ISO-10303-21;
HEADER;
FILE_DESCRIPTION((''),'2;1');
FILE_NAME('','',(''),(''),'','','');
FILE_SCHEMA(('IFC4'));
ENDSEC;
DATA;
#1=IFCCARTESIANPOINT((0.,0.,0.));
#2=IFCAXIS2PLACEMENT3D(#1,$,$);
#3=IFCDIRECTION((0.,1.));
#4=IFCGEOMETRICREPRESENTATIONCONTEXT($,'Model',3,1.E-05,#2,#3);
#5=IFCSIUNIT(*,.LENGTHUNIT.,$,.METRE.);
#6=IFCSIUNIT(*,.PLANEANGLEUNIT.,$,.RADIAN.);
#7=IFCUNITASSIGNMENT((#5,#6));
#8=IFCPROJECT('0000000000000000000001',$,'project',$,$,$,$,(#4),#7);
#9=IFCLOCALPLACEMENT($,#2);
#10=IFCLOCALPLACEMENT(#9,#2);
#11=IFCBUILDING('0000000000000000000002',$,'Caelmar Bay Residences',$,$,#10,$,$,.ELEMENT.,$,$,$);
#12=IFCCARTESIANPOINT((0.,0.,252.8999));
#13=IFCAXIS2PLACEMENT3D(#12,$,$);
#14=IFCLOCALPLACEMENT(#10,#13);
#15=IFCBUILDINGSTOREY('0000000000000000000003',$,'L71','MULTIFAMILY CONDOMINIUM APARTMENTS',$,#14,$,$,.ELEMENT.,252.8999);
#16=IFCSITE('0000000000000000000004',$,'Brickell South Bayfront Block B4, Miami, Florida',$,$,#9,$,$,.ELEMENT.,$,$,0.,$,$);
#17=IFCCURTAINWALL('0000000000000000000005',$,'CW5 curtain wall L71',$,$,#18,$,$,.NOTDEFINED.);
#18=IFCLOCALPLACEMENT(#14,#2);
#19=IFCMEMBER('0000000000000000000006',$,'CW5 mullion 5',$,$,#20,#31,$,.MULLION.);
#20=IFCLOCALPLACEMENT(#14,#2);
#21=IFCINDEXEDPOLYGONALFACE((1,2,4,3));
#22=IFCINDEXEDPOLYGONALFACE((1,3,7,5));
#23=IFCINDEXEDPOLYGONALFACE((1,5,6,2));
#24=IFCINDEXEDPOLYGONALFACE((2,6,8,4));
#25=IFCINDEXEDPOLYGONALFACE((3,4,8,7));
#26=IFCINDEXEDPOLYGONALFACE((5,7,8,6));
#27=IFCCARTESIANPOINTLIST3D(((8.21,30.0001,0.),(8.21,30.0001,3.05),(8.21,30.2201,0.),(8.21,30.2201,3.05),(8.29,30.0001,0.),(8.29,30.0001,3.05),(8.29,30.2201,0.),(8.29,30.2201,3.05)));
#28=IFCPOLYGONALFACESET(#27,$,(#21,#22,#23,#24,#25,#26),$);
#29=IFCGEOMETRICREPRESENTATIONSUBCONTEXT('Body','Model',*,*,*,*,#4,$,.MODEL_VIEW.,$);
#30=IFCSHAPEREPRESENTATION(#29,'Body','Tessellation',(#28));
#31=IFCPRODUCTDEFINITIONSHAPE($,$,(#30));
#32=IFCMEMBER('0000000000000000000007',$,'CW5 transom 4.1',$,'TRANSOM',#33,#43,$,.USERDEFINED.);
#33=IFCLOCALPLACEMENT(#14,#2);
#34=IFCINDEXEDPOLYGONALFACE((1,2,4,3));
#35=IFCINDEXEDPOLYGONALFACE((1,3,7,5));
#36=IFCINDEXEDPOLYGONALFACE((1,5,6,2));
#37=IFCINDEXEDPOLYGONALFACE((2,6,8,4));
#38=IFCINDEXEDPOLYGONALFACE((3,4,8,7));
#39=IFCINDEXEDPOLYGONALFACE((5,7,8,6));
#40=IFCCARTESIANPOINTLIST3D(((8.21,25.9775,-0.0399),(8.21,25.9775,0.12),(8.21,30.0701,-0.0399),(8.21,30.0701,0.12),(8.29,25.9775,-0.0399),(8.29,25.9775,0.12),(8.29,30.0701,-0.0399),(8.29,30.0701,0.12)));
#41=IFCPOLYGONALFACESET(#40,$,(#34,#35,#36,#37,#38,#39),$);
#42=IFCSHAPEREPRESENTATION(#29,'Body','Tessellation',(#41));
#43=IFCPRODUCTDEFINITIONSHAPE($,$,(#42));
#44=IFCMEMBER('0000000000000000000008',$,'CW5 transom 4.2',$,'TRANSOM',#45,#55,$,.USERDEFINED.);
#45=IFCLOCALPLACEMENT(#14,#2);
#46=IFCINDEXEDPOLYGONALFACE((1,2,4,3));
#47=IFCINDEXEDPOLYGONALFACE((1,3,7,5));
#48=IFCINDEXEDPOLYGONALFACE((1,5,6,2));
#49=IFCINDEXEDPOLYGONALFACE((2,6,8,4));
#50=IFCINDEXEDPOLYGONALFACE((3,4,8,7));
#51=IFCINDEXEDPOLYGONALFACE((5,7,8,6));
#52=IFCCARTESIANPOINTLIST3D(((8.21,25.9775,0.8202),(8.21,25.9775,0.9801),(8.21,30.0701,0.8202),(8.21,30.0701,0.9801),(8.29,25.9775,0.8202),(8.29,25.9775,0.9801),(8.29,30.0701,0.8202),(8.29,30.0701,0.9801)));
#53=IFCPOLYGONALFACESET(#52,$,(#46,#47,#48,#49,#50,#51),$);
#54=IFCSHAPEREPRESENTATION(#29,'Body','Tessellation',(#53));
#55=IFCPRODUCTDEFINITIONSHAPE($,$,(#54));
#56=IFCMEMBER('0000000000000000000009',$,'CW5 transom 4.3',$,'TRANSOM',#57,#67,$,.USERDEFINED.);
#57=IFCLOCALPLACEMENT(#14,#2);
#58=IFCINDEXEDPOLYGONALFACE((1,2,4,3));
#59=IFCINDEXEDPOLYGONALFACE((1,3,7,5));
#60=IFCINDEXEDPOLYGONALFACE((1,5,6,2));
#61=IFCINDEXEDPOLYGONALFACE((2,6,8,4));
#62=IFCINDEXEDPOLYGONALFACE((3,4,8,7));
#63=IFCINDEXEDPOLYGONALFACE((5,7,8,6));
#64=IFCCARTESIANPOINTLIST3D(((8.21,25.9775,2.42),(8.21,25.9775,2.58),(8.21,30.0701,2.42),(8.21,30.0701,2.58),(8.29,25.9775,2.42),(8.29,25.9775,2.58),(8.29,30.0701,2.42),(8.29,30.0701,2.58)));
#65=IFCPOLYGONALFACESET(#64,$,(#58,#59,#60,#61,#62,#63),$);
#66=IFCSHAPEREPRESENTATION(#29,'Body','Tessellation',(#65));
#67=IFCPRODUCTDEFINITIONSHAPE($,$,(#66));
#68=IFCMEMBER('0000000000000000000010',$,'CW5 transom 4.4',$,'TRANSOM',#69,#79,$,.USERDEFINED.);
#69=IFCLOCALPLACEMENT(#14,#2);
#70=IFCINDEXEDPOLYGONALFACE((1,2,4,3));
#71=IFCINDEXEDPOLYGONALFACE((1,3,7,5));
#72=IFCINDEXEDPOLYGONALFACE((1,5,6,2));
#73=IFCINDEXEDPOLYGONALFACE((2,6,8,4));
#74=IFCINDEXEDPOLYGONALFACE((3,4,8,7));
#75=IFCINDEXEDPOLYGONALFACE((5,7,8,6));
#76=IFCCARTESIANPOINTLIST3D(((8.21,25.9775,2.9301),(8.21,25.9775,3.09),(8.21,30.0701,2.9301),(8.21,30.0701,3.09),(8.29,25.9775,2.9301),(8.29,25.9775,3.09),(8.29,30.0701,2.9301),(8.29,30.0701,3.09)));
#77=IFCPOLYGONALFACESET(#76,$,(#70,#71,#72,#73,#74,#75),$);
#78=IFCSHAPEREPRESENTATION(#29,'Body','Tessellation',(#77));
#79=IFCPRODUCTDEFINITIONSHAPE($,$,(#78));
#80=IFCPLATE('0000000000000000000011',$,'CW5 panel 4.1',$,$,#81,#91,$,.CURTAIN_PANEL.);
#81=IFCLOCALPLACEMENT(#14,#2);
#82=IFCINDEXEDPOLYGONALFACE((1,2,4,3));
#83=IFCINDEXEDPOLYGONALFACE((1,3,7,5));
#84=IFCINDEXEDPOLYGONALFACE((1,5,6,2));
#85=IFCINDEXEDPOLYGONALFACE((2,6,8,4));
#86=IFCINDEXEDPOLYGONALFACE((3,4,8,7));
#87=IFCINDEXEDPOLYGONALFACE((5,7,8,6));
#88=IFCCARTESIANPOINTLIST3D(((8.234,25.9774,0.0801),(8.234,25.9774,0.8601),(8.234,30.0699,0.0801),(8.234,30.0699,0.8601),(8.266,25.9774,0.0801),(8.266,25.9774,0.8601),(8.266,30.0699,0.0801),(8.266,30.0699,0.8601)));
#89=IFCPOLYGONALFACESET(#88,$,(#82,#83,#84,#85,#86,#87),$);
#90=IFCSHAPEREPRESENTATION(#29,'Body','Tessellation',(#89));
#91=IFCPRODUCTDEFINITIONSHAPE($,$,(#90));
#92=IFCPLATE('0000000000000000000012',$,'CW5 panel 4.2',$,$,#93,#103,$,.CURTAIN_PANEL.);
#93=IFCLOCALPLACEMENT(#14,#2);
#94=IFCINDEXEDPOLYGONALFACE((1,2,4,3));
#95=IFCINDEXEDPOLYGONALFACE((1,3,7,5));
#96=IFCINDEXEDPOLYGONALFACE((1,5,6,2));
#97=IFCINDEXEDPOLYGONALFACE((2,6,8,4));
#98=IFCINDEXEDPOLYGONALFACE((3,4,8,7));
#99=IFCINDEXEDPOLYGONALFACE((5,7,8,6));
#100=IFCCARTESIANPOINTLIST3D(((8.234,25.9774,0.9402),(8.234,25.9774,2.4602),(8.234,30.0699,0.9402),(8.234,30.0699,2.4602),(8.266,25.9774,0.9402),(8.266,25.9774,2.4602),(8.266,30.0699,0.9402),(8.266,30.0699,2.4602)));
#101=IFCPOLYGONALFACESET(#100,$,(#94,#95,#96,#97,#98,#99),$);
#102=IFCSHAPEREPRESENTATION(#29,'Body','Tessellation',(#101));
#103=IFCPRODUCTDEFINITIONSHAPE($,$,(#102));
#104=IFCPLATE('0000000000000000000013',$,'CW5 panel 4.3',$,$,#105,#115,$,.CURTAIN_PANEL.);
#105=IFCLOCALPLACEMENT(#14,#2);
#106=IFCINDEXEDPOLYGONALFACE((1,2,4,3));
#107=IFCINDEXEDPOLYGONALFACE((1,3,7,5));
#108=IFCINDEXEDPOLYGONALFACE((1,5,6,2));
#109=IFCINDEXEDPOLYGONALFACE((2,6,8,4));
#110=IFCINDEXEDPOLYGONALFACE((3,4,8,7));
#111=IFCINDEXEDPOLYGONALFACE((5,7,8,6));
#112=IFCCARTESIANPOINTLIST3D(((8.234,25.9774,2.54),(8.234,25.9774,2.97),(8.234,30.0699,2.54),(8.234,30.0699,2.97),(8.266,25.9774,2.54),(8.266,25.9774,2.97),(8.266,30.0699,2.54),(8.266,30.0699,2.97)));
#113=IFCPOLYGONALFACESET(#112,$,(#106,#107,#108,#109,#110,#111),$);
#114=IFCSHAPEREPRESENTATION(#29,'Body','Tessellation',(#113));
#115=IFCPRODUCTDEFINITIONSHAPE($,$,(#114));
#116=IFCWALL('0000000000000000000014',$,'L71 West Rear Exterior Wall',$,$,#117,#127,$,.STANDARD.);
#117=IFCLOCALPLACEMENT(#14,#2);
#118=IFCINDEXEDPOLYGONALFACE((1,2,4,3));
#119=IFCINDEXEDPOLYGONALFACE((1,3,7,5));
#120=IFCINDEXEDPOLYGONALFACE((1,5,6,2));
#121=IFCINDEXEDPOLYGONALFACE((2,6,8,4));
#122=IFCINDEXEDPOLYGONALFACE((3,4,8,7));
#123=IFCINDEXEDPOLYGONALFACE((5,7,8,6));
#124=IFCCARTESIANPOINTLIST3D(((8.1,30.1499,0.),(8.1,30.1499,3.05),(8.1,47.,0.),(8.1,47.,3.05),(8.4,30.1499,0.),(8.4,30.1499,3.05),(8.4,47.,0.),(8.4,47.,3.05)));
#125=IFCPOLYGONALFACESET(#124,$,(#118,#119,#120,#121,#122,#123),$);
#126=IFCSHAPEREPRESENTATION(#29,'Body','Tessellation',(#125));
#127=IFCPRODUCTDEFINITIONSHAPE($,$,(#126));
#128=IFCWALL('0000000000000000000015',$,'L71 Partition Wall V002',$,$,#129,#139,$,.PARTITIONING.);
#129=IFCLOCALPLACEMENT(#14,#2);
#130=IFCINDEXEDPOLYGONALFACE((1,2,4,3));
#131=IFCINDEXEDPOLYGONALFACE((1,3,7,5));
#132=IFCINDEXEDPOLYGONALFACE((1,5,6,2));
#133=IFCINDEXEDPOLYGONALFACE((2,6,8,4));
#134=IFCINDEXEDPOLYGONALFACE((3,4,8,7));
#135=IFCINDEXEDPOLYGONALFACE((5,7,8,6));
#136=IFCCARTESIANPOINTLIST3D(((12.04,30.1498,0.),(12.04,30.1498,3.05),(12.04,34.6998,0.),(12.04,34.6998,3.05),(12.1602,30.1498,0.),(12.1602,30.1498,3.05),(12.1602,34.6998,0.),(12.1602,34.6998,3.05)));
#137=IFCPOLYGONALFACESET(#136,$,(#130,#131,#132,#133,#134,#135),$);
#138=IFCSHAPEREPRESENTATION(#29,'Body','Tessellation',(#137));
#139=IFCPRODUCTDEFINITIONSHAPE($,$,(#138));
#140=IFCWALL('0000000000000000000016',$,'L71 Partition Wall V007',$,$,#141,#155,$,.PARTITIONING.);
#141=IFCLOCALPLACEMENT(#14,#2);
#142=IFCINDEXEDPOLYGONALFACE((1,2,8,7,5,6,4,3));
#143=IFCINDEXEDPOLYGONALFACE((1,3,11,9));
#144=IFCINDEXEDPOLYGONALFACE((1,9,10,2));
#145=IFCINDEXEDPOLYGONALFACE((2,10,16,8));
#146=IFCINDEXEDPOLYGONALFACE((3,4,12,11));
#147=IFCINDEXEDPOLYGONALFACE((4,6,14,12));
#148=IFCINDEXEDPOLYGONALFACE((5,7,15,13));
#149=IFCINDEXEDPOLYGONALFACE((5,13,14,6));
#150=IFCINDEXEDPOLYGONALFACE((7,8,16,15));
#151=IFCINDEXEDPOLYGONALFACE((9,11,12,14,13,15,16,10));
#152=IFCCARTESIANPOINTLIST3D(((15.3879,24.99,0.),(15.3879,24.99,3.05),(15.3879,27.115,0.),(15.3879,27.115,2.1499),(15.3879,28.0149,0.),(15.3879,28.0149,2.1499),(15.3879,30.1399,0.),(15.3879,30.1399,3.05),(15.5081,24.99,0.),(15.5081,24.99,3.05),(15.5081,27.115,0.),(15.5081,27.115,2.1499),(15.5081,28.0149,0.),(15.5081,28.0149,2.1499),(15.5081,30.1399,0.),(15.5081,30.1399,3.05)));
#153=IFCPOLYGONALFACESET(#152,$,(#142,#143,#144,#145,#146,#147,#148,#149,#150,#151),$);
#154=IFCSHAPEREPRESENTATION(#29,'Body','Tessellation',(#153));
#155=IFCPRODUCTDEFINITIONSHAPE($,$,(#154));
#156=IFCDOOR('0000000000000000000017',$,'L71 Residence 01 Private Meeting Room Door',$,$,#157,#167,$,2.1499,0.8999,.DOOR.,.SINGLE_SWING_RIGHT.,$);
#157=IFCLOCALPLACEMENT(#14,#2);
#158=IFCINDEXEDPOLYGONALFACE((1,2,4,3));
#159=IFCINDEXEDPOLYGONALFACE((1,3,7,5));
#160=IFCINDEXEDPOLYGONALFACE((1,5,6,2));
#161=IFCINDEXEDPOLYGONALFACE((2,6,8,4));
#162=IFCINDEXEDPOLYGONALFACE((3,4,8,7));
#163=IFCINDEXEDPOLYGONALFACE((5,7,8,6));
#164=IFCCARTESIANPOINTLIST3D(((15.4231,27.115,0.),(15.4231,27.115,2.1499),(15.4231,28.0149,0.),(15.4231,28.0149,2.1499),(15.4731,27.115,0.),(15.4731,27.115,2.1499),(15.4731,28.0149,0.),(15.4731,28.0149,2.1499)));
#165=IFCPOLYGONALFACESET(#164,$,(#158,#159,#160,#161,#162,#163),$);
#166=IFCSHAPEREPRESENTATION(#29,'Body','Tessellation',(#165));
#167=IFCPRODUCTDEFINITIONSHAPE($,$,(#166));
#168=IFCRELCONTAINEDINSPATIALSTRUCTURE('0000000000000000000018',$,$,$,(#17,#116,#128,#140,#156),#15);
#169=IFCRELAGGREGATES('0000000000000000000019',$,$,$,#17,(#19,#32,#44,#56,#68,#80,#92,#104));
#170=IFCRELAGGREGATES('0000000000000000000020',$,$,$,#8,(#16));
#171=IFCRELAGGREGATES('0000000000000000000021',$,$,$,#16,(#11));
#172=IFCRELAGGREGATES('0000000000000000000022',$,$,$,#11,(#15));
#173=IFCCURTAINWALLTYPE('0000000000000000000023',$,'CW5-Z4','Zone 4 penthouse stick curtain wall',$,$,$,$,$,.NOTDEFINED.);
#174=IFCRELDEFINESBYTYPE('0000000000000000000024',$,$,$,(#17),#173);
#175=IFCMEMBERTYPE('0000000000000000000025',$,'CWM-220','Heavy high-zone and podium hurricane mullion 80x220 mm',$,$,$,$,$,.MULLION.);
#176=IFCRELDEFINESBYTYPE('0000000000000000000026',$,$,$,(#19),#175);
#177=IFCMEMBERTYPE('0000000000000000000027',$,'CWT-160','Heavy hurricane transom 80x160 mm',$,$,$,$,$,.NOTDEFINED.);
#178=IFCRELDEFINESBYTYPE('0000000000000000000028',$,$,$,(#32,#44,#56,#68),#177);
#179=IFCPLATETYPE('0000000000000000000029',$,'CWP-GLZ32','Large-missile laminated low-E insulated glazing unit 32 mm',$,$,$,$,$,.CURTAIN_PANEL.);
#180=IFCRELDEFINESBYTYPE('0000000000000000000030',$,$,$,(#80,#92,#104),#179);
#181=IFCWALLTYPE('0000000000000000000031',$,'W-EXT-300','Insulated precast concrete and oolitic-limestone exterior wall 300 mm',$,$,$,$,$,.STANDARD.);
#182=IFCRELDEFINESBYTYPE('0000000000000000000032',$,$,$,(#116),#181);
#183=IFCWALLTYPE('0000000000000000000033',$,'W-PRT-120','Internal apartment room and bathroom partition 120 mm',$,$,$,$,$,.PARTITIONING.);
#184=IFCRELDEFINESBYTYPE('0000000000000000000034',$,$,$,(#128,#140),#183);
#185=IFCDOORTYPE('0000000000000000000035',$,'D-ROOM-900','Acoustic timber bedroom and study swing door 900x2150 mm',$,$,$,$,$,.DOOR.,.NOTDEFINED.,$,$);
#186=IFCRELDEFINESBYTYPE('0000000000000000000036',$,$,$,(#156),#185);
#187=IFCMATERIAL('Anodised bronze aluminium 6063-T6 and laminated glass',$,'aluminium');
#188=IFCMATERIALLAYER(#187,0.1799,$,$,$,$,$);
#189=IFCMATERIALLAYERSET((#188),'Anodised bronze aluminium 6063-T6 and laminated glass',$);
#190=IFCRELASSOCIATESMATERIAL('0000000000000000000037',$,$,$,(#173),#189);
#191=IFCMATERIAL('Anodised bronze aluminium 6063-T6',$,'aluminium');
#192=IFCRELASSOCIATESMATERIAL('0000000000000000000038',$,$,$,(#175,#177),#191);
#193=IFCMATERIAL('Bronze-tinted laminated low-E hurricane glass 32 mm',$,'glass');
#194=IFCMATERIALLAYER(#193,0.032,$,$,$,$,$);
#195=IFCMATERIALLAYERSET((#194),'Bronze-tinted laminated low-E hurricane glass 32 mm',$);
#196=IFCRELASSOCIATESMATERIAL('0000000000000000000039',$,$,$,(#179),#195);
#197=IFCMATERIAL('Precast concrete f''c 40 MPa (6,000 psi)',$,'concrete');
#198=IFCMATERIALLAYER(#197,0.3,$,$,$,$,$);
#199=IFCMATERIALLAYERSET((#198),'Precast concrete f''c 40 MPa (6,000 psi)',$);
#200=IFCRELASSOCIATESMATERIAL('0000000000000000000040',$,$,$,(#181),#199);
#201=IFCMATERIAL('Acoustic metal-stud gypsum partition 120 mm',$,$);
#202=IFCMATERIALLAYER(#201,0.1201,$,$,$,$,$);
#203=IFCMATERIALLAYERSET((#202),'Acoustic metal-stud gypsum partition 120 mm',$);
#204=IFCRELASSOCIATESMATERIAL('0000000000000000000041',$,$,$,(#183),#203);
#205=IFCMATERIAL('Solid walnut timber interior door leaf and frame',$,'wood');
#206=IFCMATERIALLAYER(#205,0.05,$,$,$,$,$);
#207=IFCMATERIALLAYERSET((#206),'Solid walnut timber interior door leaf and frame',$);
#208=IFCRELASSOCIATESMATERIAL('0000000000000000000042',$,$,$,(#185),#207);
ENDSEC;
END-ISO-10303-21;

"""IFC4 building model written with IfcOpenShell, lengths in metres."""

from ifc_helpers import new_model, si_unit, direction, frame, frame_2d, origin, origin_2d, place, context, subcontext, project, spatial, rectangle, extrude, material, layer, layer_set, material_profile, profile_set, type_object, element, fill, aggregate, save


model = new_model("IFC4")

# Units and contexts
model_context = context("Model", 3, precision=1e-05, world=origin(), true_north=direction((0.0, 1.0)))
body_context = subcontext(model_context, "Body", "Model", "MODEL_VIEW")
ifc_project = project(units=[si_unit("LENGTHUNIT", "METRE"), si_unit("PLANEANGLEUNIT", "RADIAN")], contexts=[model_context])

# Site, building, storey
site_placement = place(None, origin())
site = spatial("IfcSite", under=ifc_project, at=site_placement, Name="Brickell South Bayfront Block B4, Miami, Florida", CompositionType="ELEMENT", RefElevation=0.0)
building_placement = place(site_placement, origin())
building = spatial("IfcBuilding", under=site, at=building_placement, Name="Caelmar Bay Residences", CompositionType="ELEMENT")
storey_placement = place(building_placement, frame((0.0, 0.0, 252.8999)))
storey = spatial("IfcBuildingStorey", under=building, at=storey_placement, Name="L71", Description="MULTIFAMILY CONDOMINIUM APARTMENTS", CompositionType="ELEMENT", Elevation=252.8999)

# Curtain wall, members, plates
ifc_material_1 = material(Name="Anodised bronze aluminium 6063-T6 and laminated glass", Category="aluminium")
ifc_layer_1 = layer(ifc_material_1, 0.1799)
ifc_layer_set_1 = layer_set([ifc_layer_1], Name="Anodised bronze aluminium 6063-T6 and laminated glass")
curtain_wall_type = type_object("IfcCurtainWallType", Name="CW5-Z4", Description="Zone 4 penthouse stick curtain wall", PredefinedType="NOTDEFINED", material=ifc_layer_set_1)
curtain_wall_placement = place(storey_placement, origin())
curtain_wall = element("IfcCurtainWall", 1, at=curtain_wall_placement, inside=storey, type_object=curtain_wall_type, Name="CW5 curtain wall L71", PredefinedType="NOTDEFINED")
ifc_material_2 = material(Name="Anodised bronze aluminium 6063-T6", Category="aluminium")
ifc_material_profile_1 = material_profile(ifc_material_2, rectangle(XDim=0.0801, YDim=0.22, at=origin_2d()), Name="CWM-80X220")
ifc_profile_set_1 = profile_set([ifc_material_profile_1], Name="Anodised bronze aluminium 6063-T6")
member_type_1 = type_object("IfcMemberType", Name="CWM-220", Description="Heavy high-zone and podium hurricane mullion 80x220 mm", PredefinedType="MULLION", material=ifc_profile_set_1)
member_1_placement = place(storey_placement, frame((8.25, 30.1101, 0.0), z_axis=(0.0, 0.0, 1.0), x_axis=(-1.0, 0.0, 0.0)))
member_1 = element("IfcMember", 2, at=member_1_placement, type_object=member_type_1, Name="CW5 mullion 5", PredefinedType="MULLION", context=body_context, shape_type="SweptSolid", body=[
    extrude(rectangle(XDim=0.0801, YDim=0.22, at=origin_2d()), origin(), (0.0, 0.0, 1.0), 3.05),
])
ifc_material_profile_2 = material_profile(ifc_material_2, rectangle(XDim=0.0801, YDim=0.1599, at=origin_2d()), Name="CWT-80X160")
ifc_profile_set_2 = profile_set([ifc_material_profile_2], Name="Anodised bronze aluminium 6063-T6")
member_type_2 = type_object("IfcMemberType", Name="CWT-160", Description="Heavy hurricane transom 80x160 mm", PredefinedType="NOTDEFINED", material=ifc_profile_set_2)
member_2_placement = place(storey_placement, frame((8.25, 25.9775, 0.04), z_axis=(0.0, 1.0, 0.0), x_axis=(-1.0, 0.0, 0.0)))
member_2 = element("IfcMember", 3, at=member_2_placement, type_object=member_type_2, Name="CW5 transom 4.1", ObjectType="TRANSOM", PredefinedType="USERDEFINED", context=body_context, shape_type="SweptSolid", body=[
    extrude(rectangle(XDim=0.0801, YDim=0.1599, at=origin_2d()), origin(), (0.0, 0.0, 1.0), 4.0925),
])
member_3_placement = place(storey_placement, frame((8.25, 25.9775, 0.9001), z_axis=(0.0, 1.0, 0.0), x_axis=(-1.0, 0.0, 0.0)))
member_3 = element("IfcMember", 4, at=member_3_placement, type_object=member_type_2, Name="CW5 transom 4.2", ObjectType="TRANSOM", PredefinedType="USERDEFINED", context=body_context, shape_type="SweptSolid", body=[
    extrude(rectangle(XDim=0.0801, YDim=0.1599, at=origin_2d()), origin(), (0.0, 0.0, 1.0), 4.0925),
])
member_4_placement = place(storey_placement, frame((8.25, 25.9775, 2.5), z_axis=(0.0, 1.0, 0.0), x_axis=(-1.0, 0.0, 0.0)))
member_4 = element("IfcMember", 5, at=member_4_placement, type_object=member_type_2, Name="CW5 transom 4.3", ObjectType="TRANSOM", PredefinedType="USERDEFINED", context=body_context, shape_type="SweptSolid", body=[
    extrude(rectangle(XDim=0.0801, YDim=0.1599, at=origin_2d()), origin(), (0.0, 0.0, 1.0), 4.0925),
])
member_5_placement = place(storey_placement, frame((8.25, 25.9775, 3.01), z_axis=(0.0, 1.0, 0.0), x_axis=(-1.0, 0.0, 0.0)))
member_5 = element("IfcMember", 6, at=member_5_placement, type_object=member_type_2, Name="CW5 transom 4.4", ObjectType="TRANSOM", PredefinedType="USERDEFINED", context=body_context, shape_type="SweptSolid", body=[
    extrude(rectangle(XDim=0.0801, YDim=0.1599, at=origin_2d()), origin(), (0.0, 0.0, 1.0), 4.0925),
])
ifc_material_3 = material(Name="Bronze-tinted laminated low-E hurricane glass 32 mm", Category="glass")
ifc_layer_2 = layer(ifc_material_3, 0.032)
ifc_layer_set_2 = layer_set([ifc_layer_2], Name="Bronze-tinted laminated low-E hurricane glass 32 mm")
plate_type = type_object("IfcPlateType", Name="CWP-GLZ32", Description="Large-missile laminated low-E insulated glazing unit 32 mm", PredefinedType="CURTAIN_PANEL", material=ifc_layer_set_2)
plate_1_placement = place(storey_placement, frame((8.25, 28.0237, 0.0801), z_axis=(0.0, 0.0, 1.0), x_axis=(0.0, 1.0, 0.0)))
plate_1 = element("IfcPlate", 7, at=plate_1_placement, type_object=plate_type, Name="CW5 panel 4.1", PredefinedType="CURTAIN_PANEL", context=body_context, shape_type="SweptSolid", body=[
    extrude(rectangle(XDim=4.0925, YDim=0.032, at=origin_2d()), origin(), (0.0, 0.0, 1.0), 0.78),
])
plate_2_placement = place(storey_placement, frame((8.25, 28.0237, 0.9402), z_axis=(0.0, 0.0, 1.0), x_axis=(0.0, 1.0, 0.0)))
plate_2 = element("IfcPlate", 8, at=plate_2_placement, type_object=plate_type, Name="CW5 panel 4.2", PredefinedType="CURTAIN_PANEL", context=body_context, shape_type="SweptSolid", body=[
    extrude(rectangle(XDim=4.0925, YDim=0.032, at=origin_2d()), origin(), (0.0, 0.0, 1.0), 1.52),
])
plate_3_placement = place(storey_placement, frame((8.25, 28.0237, 2.54), z_axis=(0.0, 0.0, 1.0), x_axis=(0.0, 1.0, 0.0)))
plate_3 = element("IfcPlate", 9, at=plate_3_placement, type_object=plate_type, Name="CW5 panel 4.3", PredefinedType="CURTAIN_PANEL", context=body_context, shape_type="SweptSolid", body=[
    extrude(rectangle(XDim=4.0925, YDim=0.032, at=origin_2d()), origin(), (0.0, 0.0, 1.0), 0.4299),
])
aggregate(curtain_wall, [member_1, member_2, member_3, member_4, member_5, plate_1, plate_2, plate_3])

# Walls
ifc_material_4 = material(Name="Precast concrete f'c 40 MPa (6,000 psi)", Category="concrete")
ifc_layer_3 = layer(ifc_material_4, 0.3)
ifc_layer_set_3 = layer_set([ifc_layer_3], Name="Precast concrete f'c 40 MPa (6,000 psi)")
wall_type_1 = type_object("IfcWallType", Name="W-EXT-300", Description="Insulated precast concrete and oolitic-limestone exterior wall 300 mm", PredefinedType="STANDARD", material=ifc_layer_set_3)
wall_1_placement = place(storey_placement, frame((8.25, 30.1499, 0.0), z_axis=(0.0, 0.0, 1.0), x_axis=(0.0, 1.0, 0.0)))
element("IfcWall", 10, at=wall_1_placement, inside=storey, type_object=wall_type_1, Name="L71 West Rear Exterior Wall", PredefinedType="STANDARD", context=body_context, shape_type="SweptSolid", body=[
    extrude(rectangle(XDim=16.8501, YDim=0.3, at=frame_2d((8.425, 0.0))), origin(), (0.0, 0.0, 1.0), 3.05),
])
ifc_material_5 = material(Name="Acoustic metal-stud gypsum partition 120 mm")
ifc_layer_4 = layer(ifc_material_5, 0.1201)
ifc_layer_set_4 = layer_set([ifc_layer_4], Name="Acoustic metal-stud gypsum partition 120 mm")
wall_type_2 = type_object("IfcWallType", Name="W-PRT-120", Description="Internal apartment room and bathroom partition 120 mm", PredefinedType="PARTITIONING", material=ifc_layer_set_4)
wall_2_placement = place(storey_placement, frame((12.1001, 30.1499, 0.0), z_axis=(0.0, 0.0, 1.0), x_axis=(0.0, 1.0, 0.0)))
element("IfcWall", 11, at=wall_2_placement, inside=storey, type_object=wall_type_2, Name="L71 Partition Wall V002", PredefinedType="PARTITIONING", context=body_context, shape_type="SweptSolid", body=[
    extrude(rectangle(XDim=4.55, YDim=0.1201, at=frame_2d((2.2749, 0.0))), origin(), (0.0, 0.0, 1.0), 3.05),
])

# Wall, opening, door
wall_3_placement = place(storey_placement, frame((15.448, 24.99, 0.0), z_axis=(0.0, 0.0, 1.0), x_axis=(0.0, 1.0, 0.0)))
wall_3 = element("IfcWall", 12, at=wall_3_placement, inside=storey, type_object=wall_type_2, Name="L71 Partition Wall V007", PredefinedType="PARTITIONING", context=body_context, shape_type="SweptSolid", body=[
    extrude(rectangle(XDim=5.1499, YDim=0.1201, at=frame_2d((2.575, 0.0))), origin(), (0.0, 0.0, 1.0), 3.05),
])
opening_1_placement = place(wall_3_placement, frame((2.125, 0.0, 0.0)))
opening_1 = element("IfcOpeningElement", 13, at=opening_1_placement, cuts=wall_3, PredefinedType="OPENING", context=body_context, shape_type="SweptSolid", body=[
    extrude(rectangle(XDim=0.8999, YDim=2.1499, at=frame_2d((0.45, 1.075))), frame((0.0, 0.0701, 0.0), z_axis=(0.0, -1.0, 0.0), x_axis=(1.0, 0.0, 0.0)), (0.0, 0.0, 1.0), 0.1401),
])
ifc_material_6 = material(Name="Solid walnut timber interior door leaf and frame", Category="wood")
ifc_layer_5 = layer(ifc_material_6, 0.05)
ifc_layer_set_5 = layer_set([ifc_layer_5], Name="Solid walnut timber interior door leaf and frame")
door_type_1 = type_object("IfcDoorType", Name="D-ROOM-900", Description="Acoustic timber bedroom and study swing door 900x2150 mm", OperationType="NOTDEFINED", PredefinedType="DOOR", material=ifc_layer_set_5)
door_1_placement = place(opening_1_placement, origin())
door_1 = element("IfcDoor", 14, at=door_1_placement, inside=storey, type_object=door_type_1, Name="L71 Residence 01 Private Meeting Room Door", OperationType="SINGLE_SWING_RIGHT", OverallHeight=2.1499, OverallWidth=0.8999, PredefinedType="DOOR", context=body_context, shape_type="SweptSolid", body=[
    extrude(rectangle(XDim=0.8999, YDim=2.1499, at=frame_2d((0.45, 1.075))), frame((0.0, 0.0249, 0.0), z_axis=(0.0, -1.0, 0.0), x_axis=(1.0, 0.0, 0.0)), (0.0, 0.0, 1.0), 0.05),
])
fill(opening_1, door_1)

save(model, "model.ifc")
